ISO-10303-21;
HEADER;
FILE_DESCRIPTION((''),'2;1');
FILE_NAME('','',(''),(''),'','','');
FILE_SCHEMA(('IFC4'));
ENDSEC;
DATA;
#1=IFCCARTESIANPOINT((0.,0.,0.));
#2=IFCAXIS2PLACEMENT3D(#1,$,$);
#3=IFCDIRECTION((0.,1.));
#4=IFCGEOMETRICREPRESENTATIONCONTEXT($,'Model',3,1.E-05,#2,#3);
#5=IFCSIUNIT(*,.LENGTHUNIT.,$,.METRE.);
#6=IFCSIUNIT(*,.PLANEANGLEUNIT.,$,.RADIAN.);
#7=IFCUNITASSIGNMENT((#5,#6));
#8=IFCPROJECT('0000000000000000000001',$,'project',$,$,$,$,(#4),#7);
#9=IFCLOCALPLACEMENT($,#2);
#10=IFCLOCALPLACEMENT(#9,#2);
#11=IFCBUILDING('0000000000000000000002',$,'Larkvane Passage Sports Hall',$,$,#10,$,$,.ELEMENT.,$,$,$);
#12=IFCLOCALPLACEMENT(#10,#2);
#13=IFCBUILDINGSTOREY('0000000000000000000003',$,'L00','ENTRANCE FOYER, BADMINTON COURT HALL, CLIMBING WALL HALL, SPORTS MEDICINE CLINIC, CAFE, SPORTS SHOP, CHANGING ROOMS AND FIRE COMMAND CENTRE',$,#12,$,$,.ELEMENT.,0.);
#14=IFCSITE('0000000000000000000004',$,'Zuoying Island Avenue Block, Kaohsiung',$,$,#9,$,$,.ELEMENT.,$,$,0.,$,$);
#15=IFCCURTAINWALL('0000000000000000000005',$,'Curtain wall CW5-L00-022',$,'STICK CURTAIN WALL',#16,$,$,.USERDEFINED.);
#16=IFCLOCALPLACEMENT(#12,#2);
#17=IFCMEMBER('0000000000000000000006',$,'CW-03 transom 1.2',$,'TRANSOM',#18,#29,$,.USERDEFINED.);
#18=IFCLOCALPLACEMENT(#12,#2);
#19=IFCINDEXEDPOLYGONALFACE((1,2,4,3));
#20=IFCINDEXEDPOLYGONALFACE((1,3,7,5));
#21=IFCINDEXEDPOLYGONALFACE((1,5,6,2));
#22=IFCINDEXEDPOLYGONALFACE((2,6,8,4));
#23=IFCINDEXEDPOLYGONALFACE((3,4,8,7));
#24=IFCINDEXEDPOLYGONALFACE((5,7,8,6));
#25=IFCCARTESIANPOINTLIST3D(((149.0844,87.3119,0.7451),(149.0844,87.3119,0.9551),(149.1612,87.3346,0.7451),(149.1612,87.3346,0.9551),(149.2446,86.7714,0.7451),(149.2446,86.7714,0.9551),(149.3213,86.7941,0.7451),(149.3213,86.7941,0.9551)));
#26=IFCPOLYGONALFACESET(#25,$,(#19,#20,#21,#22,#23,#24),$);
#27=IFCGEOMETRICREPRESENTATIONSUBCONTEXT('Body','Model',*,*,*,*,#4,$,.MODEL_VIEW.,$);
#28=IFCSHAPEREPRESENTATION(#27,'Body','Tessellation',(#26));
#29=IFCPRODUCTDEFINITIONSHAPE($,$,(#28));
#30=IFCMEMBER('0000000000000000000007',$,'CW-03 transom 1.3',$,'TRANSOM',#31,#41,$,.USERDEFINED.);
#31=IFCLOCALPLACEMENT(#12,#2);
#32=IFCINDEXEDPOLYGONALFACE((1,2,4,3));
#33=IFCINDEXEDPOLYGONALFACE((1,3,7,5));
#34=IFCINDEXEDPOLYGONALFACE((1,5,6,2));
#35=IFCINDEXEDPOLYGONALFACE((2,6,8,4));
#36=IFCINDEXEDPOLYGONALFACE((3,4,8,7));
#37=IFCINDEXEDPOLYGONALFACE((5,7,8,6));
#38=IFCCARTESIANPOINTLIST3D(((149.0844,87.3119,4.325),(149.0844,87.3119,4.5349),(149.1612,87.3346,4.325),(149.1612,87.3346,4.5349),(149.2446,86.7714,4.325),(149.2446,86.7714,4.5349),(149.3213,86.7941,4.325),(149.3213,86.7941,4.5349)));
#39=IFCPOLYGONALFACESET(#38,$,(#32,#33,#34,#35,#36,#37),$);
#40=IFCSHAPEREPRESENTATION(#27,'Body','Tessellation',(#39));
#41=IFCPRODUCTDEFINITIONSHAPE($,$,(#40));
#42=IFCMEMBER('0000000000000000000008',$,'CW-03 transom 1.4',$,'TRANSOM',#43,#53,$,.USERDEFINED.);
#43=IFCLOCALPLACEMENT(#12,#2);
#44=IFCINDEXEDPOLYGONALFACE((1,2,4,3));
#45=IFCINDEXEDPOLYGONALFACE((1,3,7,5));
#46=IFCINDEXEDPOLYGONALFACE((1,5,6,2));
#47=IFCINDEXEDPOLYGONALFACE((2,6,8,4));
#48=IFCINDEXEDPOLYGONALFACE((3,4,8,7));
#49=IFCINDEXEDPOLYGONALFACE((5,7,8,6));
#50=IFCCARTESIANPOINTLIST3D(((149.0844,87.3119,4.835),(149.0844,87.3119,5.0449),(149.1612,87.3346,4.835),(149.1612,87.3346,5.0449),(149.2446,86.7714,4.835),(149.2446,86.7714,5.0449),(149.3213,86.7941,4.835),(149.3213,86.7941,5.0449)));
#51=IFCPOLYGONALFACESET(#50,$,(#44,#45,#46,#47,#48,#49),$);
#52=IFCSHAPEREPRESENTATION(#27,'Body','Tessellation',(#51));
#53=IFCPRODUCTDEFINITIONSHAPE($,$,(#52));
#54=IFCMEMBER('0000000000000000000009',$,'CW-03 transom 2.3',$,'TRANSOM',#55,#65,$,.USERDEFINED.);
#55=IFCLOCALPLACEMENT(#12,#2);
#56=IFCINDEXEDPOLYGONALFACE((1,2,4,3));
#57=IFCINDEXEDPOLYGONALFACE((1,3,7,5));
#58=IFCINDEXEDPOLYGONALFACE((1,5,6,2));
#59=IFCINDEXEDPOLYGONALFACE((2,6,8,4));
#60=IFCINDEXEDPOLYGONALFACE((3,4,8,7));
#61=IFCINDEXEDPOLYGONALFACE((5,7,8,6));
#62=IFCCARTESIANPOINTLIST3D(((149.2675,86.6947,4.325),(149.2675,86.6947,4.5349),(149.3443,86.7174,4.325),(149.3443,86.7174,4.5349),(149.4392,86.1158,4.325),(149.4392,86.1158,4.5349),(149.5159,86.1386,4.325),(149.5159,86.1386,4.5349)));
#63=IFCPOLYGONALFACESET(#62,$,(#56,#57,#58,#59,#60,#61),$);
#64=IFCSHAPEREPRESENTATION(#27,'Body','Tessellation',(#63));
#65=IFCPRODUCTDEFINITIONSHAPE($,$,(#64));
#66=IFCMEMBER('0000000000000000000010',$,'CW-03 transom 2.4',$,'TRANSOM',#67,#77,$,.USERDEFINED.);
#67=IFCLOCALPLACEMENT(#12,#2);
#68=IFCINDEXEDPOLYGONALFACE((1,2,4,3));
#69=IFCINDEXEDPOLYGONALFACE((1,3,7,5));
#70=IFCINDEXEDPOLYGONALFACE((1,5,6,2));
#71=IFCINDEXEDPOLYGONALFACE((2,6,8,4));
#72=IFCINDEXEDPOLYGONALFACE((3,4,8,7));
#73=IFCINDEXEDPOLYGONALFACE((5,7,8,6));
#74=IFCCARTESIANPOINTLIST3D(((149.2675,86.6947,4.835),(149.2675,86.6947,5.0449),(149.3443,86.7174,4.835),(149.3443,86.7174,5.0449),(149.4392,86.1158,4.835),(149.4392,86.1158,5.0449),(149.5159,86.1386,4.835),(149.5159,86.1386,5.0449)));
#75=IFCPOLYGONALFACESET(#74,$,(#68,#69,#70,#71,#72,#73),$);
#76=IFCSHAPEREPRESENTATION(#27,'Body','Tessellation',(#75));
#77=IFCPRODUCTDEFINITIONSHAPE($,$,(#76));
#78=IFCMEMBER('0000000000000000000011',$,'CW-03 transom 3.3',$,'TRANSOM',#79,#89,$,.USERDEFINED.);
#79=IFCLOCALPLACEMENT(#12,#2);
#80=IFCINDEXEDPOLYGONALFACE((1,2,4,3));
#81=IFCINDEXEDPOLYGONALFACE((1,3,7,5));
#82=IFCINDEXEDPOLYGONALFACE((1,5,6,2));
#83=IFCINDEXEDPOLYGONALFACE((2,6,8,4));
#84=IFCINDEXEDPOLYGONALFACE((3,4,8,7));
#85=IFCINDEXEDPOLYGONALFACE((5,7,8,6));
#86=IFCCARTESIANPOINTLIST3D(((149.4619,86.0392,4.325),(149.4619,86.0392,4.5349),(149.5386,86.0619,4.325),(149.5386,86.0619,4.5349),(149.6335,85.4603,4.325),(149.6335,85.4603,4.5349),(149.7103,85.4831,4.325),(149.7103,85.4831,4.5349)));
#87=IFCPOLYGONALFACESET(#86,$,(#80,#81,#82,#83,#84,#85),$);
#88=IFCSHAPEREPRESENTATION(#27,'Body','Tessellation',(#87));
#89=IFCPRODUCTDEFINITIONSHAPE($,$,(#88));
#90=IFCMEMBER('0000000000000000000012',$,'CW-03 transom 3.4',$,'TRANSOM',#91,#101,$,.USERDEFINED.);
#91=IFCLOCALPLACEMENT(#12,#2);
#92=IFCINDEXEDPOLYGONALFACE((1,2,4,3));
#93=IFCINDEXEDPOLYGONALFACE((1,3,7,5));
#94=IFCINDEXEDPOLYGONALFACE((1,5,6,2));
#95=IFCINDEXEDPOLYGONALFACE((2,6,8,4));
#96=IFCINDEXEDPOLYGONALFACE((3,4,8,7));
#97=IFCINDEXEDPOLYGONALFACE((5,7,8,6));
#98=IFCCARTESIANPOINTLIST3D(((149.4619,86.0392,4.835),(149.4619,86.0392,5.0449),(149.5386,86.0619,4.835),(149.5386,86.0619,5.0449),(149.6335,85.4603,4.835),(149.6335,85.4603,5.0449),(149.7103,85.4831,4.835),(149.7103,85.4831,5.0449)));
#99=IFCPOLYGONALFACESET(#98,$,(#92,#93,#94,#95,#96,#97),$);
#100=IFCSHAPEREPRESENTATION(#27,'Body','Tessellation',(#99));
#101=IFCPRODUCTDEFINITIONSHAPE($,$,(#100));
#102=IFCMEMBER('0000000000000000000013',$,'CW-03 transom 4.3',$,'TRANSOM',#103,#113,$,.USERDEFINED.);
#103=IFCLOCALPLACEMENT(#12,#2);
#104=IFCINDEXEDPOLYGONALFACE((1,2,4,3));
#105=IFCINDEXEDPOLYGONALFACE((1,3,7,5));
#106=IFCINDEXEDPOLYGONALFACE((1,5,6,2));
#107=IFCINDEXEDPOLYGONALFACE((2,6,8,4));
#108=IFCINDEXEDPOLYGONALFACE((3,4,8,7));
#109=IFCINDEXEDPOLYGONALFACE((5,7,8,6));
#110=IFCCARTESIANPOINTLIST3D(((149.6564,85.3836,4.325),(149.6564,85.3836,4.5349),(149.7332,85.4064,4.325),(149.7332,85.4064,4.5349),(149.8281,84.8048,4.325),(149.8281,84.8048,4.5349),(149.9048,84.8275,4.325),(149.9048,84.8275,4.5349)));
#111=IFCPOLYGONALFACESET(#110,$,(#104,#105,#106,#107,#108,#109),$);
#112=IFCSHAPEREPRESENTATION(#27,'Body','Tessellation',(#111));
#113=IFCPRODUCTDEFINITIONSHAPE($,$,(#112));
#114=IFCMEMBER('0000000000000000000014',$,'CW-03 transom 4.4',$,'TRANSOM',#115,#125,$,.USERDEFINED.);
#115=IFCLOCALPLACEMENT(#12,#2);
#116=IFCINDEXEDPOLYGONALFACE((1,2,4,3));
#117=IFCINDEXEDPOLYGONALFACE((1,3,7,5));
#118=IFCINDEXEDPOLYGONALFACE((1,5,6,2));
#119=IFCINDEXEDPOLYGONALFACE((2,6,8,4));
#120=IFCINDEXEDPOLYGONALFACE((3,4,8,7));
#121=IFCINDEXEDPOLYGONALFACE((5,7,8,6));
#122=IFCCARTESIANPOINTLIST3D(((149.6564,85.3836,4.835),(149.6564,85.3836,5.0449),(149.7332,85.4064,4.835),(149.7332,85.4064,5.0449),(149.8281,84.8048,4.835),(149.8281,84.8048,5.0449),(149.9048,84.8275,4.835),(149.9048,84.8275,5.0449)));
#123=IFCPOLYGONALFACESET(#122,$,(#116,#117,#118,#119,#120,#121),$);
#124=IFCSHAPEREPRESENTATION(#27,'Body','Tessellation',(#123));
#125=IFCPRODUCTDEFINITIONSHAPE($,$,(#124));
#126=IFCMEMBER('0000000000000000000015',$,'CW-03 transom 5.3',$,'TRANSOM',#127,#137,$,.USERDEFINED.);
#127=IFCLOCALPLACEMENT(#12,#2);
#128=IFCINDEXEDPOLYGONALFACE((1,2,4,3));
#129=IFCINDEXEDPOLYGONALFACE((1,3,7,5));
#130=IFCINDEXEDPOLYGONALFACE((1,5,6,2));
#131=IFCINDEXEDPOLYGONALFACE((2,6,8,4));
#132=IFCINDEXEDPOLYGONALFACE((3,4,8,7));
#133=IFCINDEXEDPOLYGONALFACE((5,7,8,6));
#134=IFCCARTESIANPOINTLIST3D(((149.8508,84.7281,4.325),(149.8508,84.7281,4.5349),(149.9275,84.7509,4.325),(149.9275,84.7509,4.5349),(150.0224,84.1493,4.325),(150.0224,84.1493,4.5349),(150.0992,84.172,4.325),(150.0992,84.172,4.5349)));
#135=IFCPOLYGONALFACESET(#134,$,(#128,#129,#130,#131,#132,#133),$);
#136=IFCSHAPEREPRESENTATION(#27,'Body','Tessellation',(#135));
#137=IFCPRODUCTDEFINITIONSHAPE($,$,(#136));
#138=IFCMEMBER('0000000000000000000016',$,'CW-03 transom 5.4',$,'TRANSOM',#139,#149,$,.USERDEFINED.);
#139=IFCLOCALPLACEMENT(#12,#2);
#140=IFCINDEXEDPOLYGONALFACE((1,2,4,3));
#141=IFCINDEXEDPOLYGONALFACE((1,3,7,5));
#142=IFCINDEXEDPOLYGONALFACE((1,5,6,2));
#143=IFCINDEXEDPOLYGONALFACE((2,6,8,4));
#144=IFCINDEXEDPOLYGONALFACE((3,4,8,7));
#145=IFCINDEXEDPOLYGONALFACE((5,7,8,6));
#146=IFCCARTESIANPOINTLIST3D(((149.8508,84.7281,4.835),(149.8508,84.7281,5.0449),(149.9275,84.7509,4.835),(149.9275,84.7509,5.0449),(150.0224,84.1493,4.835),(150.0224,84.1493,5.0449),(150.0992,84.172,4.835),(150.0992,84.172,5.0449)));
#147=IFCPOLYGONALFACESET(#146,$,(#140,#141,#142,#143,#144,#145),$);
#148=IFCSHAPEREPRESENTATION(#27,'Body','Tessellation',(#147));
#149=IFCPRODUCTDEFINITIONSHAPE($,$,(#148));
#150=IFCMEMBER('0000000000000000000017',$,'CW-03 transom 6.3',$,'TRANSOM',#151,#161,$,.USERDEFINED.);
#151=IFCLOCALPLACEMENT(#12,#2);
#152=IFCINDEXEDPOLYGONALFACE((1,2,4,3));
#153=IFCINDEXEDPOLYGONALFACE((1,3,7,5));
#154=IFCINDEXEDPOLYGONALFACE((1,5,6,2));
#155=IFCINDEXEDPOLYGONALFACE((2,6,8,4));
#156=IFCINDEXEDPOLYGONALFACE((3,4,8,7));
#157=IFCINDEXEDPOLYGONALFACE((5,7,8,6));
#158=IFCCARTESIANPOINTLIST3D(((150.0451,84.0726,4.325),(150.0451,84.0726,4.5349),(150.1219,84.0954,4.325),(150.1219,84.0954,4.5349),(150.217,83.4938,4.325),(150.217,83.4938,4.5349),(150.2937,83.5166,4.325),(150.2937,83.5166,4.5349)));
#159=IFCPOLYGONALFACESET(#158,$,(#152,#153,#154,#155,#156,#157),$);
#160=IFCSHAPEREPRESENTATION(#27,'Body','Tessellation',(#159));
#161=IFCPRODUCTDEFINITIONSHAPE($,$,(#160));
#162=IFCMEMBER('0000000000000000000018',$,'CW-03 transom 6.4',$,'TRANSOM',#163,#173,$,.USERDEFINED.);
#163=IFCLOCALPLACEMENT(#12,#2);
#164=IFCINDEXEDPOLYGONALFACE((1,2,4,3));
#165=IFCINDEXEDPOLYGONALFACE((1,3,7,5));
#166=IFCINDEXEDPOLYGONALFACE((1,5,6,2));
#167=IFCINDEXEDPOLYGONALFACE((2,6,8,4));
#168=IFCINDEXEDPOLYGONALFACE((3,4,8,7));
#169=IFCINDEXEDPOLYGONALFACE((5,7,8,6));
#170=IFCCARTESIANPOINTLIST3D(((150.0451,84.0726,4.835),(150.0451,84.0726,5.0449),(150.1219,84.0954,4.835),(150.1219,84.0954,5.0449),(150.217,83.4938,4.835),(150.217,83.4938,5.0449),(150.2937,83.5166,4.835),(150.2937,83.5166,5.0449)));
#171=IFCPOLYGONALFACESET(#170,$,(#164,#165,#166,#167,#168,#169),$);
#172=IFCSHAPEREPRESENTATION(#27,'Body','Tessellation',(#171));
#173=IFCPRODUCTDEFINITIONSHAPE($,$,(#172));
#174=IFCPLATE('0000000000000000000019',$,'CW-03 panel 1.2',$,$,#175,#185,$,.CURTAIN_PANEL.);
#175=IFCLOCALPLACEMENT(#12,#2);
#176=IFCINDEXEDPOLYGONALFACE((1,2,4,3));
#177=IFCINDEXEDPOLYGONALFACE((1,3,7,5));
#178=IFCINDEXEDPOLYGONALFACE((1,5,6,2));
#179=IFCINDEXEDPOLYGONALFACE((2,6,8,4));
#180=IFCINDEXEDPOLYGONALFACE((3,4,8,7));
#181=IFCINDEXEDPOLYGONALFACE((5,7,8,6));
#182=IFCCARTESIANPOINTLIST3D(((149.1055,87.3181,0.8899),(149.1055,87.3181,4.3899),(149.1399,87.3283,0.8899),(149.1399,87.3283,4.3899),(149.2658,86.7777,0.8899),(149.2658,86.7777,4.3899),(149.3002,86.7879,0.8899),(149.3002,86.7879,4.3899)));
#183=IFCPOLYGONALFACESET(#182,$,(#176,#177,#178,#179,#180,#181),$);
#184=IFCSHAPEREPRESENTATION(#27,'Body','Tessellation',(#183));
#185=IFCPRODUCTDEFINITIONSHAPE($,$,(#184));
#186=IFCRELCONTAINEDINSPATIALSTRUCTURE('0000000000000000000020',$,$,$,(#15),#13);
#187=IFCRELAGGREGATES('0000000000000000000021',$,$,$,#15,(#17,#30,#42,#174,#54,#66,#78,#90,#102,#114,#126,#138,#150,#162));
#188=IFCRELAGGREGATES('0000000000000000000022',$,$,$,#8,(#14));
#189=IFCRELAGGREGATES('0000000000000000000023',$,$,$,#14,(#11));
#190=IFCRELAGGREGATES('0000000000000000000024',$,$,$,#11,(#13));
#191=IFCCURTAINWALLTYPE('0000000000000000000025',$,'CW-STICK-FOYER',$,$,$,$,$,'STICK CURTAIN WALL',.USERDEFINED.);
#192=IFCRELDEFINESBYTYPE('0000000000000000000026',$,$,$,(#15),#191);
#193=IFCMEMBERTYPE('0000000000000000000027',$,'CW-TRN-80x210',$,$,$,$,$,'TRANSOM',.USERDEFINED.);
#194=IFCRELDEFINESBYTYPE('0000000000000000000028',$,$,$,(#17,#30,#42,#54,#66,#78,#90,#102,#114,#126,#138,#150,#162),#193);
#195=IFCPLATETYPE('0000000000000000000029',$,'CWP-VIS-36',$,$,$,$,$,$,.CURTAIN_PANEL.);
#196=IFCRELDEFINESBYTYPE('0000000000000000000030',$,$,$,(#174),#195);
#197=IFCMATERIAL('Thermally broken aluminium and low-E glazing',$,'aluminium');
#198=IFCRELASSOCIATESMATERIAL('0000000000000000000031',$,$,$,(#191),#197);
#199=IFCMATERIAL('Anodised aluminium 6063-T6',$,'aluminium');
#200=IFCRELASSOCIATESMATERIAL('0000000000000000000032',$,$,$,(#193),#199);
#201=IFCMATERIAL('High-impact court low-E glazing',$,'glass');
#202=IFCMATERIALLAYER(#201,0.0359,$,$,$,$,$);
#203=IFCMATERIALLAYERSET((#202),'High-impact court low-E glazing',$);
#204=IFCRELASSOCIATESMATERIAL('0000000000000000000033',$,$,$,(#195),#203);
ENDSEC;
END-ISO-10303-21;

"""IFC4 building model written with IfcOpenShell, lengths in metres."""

from ifc_helpers import new_model, si_unit, direction, frame, origin, origin_2d, place, context, subcontext, project, spatial, rectangle, extrude, material, layer, layer_set, material_profile, profile_set, type_object, element, aggregate, save


model = new_model("IFC4")

# Units and contexts
model_context = context("Model", 3, precision=1e-05, world=origin(), true_north=direction((0.0, 1.0)))
body_context = subcontext(model_context, "Body", "Model", "MODEL_VIEW")
ifc_project = project(units=[si_unit("LENGTHUNIT", "METRE"), si_unit("PLANEANGLEUNIT", "RADIAN")], contexts=[model_context])

# Site, building, storey
site_placement = place(None, origin())
site = spatial("IfcSite", under=ifc_project, at=site_placement, Name="Zuoying Island Avenue Block, Kaohsiung", CompositionType="ELEMENT", RefElevation=0.0)
building_placement = place(site_placement, origin())
building = spatial("IfcBuilding", under=site, at=building_placement, Name="Larkvane Passage Sports Hall", CompositionType="ELEMENT")
storey_placement = place(building_placement, origin())
storey = spatial("IfcBuildingStorey", under=building, at=storey_placement, Name="L00", Description="ENTRANCE FOYER, BADMINTON COURT HALL, CLIMBING WALL HALL, SPORTS MEDICINE CLINIC, CAFE, SPORTS SHOP, CHANGING ROOMS AND FIRE COMMAND CENTRE", CompositionType="ELEMENT", Elevation=0.0)

# Curtain wall, members, plate
ifc_material_1 = material(Name="Thermally broken aluminium and low-E glazing", Category="aluminium")
curtain_wall_type = type_object("IfcCurtainWallType", Name="CW-STICK-FOYER", ElementType="STICK CURTAIN WALL", PredefinedType="USERDEFINED", material=ifc_material_1)
curtain_wall_placement = place(storey_placement, origin())
curtain_wall = element("IfcCurtainWall", 1, at=curtain_wall_placement, inside=storey, type_object=curtain_wall_type, Name="Curtain wall CW5-L00-022", ObjectType="STICK CURTAIN WALL", PredefinedType="USERDEFINED")
ifc_material_2 = material(Name="Anodised aluminium 6063-T6", Category="aluminium")
ifc_material_profile = material_profile(ifc_material_2, rectangle(XDim=0.0801, YDim=0.21, at=origin_2d()), Name="ALU-TRN-80x210")
ifc_profile_set = profile_set([ifc_material_profile], Name="Anodised aluminium 6063-T6")
member_type = type_object("IfcMemberType", Name="CW-TRN-80x210", ElementType="TRANSOM", PredefinedType="USERDEFINED", material=ifc_profile_set)
member_1_placement = place(storey_placement, frame((149.1228, 87.3232, 0.8501), z_axis=(0.284088, -0.958798, 0.0), x_axis=(0.958798, 0.284088, 0.0)))
member_1 = element("IfcMember", 2, at=member_1_placement, type_object=member_type, Name="CW-03 transom 1.2", ObjectType="TRANSOM", PredefinedType="USERDEFINED", context=body_context, shape_type="SweptSolid", body=[
    extrude(rectangle(XDim=0.0801, YDim=0.21, at=origin_2d()), origin(), (0.0, 0.0, 1.0), 0.5637),
])
member_2_placement = place(storey_placement, frame((149.1228, 87.3232, 4.4299), z_axis=(0.284088, -0.958798, 0.0), x_axis=(0.958798, 0.284088, 0.0)))
member_2 = element("IfcMember", 3, at=member_2_placement, type_object=member_type, Name="CW-03 transom 1.3", ObjectType="TRANSOM", PredefinedType="USERDEFINED", context=body_context, shape_type="SweptSolid", body=[
    extrude(rectangle(XDim=0.0801, YDim=0.21, at=origin_2d()), origin(), (0.0, 0.0, 1.0), 0.5637),
])
member_3_placement = place(storey_placement, frame((149.1228, 87.3232, 4.9399), z_axis=(0.284088, -0.958798, 0.0), x_axis=(0.958798, 0.284088, 0.0)))
member_3 = element("IfcMember", 4, at=member_3_placement, type_object=member_type, Name="CW-03 transom 1.4", ObjectType="TRANSOM", PredefinedType="USERDEFINED", context=body_context, shape_type="SweptSolid", body=[
    extrude(rectangle(XDim=0.0801, YDim=0.21, at=origin_2d()), origin(), (0.0, 0.0, 1.0), 0.5637),
])
member_4_placement = place(storey_placement, frame((149.3059, 86.7061, 4.4299), z_axis=(0.284267, -0.958745, 0.0), x_axis=(0.958745, 0.284267, 0.0)))
member_4 = element("IfcMember", 5, at=member_4_placement, type_object=member_type, Name="CW-03 transom 2.3", ObjectType="TRANSOM", PredefinedType="USERDEFINED", context=body_context, shape_type="SweptSolid", body=[
    extrude(rectangle(XDim=0.0801, YDim=0.21, at=origin_2d()), origin(), (0.0, 0.0, 1.0), 0.6038),
])
member_5_placement = place(storey_placement, frame((149.3059, 86.7061, 4.9399), z_axis=(0.284267, -0.958745, 0.0), x_axis=(0.958745, 0.284267, 0.0)))
member_5 = element("IfcMember", 6, at=member_5_placement, type_object=member_type, Name="CW-03 transom 2.4", ObjectType="TRANSOM", PredefinedType="USERDEFINED", context=body_context, shape_type="SweptSolid", body=[
    extrude(rectangle(XDim=0.0801, YDim=0.21, at=origin_2d()), origin(), (0.0, 0.0, 1.0), 0.6038),
])
member_6_placement = place(storey_placement, frame((149.5002, 86.0505, 4.4299), z_axis=(0.284267, -0.958745, 0.0), x_axis=(0.958745, 0.284267, 0.0)))
member_6 = element("IfcMember", 7, at=member_6_placement, type_object=member_type, Name="CW-03 transom 3.3", ObjectType="TRANSOM", PredefinedType="USERDEFINED", context=body_context, shape_type="SweptSolid", body=[
    extrude(rectangle(XDim=0.0801, YDim=0.21, at=origin_2d()), origin(), (0.0, 0.0, 1.0), 0.6038),
])
member_7_placement = place(storey_placement, frame((149.5002, 86.0505, 4.9399), z_axis=(0.284267, -0.958745, 0.0), x_axis=(0.958745, 0.284267, 0.0)))
member_7 = element("IfcMember", 8, at=member_7_placement, type_object=member_type, Name="CW-03 transom 3.4", ObjectType="TRANSOM", PredefinedType="USERDEFINED", context=body_context, shape_type="SweptSolid", body=[
    extrude(rectangle(XDim=0.0801, YDim=0.21, at=origin_2d()), origin(), (0.0, 0.0, 1.0), 0.6038),
])
member_8_placement = place(storey_placement, frame((149.6948, 85.395, 4.4299), z_axis=(0.284267, -0.958745, 0.0), x_axis=(0.958745, 0.284267, 0.0)))
member_8 = element("IfcMember", 9, at=member_8_placement, type_object=member_type, Name="CW-03 transom 4.3", ObjectType="TRANSOM", PredefinedType="USERDEFINED", context=body_context, shape_type="SweptSolid", body=[
    extrude(rectangle(XDim=0.0801, YDim=0.21, at=origin_2d()), origin(), (0.0, 0.0, 1.0), 0.6038),
])
member_9_placement = place(storey_placement, frame((149.6948, 85.395, 4.9399), z_axis=(0.284267, -0.958745, 0.0), x_axis=(0.958745, 0.284267, 0.0)))
member_9 = element("IfcMember", 10, at=member_9_placement, type_object=member_type, Name="CW-03 transom 4.4", ObjectType="TRANSOM", PredefinedType="USERDEFINED", context=body_context, shape_type="SweptSolid", body=[
    extrude(rectangle(XDim=0.0801, YDim=0.21, at=origin_2d()), origin(), (0.0, 0.0, 1.0), 0.6038),
])
member_10_placement = place(storey_placement, frame((149.8892, 84.7395, 4.4299), z_axis=(0.284267, -0.958745, 0.0), x_axis=(0.958745, 0.284267, 0.0)))
member_10 = element("IfcMember", 11, at=member_10_placement, type_object=member_type, Name="CW-03 transom 5.3", ObjectType="TRANSOM", PredefinedType="USERDEFINED", context=body_context, shape_type="SweptSolid", body=[
    extrude(rectangle(XDim=0.0801, YDim=0.21, at=origin_2d()), origin(), (0.0, 0.0, 1.0), 0.6038),
])
member_11_placement = place(storey_placement, frame((149.8892, 84.7395, 4.9399), z_axis=(0.284267, -0.958745, 0.0), x_axis=(0.958745, 0.284267, 0.0)))
member_11 = element("IfcMember", 12, at=member_11_placement, type_object=member_type, Name="CW-03 transom 5.4", ObjectType="TRANSOM", PredefinedType="USERDEFINED", context=body_context, shape_type="SweptSolid", body=[
    extrude(rectangle(XDim=0.0801, YDim=0.21, at=origin_2d()), origin(), (0.0, 0.0, 1.0), 0.6038),
])
member_12_placement = place(storey_placement, frame((150.0835, 84.084, 4.4299), z_axis=(0.284639, -0.958635, 0.0), x_axis=(0.958635, 0.284639, 0.0)))
member_12 = element("IfcMember", 13, at=member_12_placement, type_object=member_type, Name="CW-03 transom 6.3", ObjectType="TRANSOM", PredefinedType="USERDEFINED", context=body_context, shape_type="SweptSolid", body=[
    extrude(rectangle(XDim=0.0801, YDim=0.21, at=origin_2d()), origin(), (0.0, 0.0, 1.0), 0.6038),
])
member_13_placement = place(storey_placement, frame((150.0835, 84.084, 4.9399), z_axis=(0.284639, -0.958635, 0.0), x_axis=(0.958635, 0.284639, 0.0)))
member_13 = element("IfcMember", 14, at=member_13_placement, type_object=member_type, Name="CW-03 transom 6.4", ObjectType="TRANSOM", PredefinedType="USERDEFINED", context=body_context, shape_type="SweptSolid", body=[
    extrude(rectangle(XDim=0.0801, YDim=0.21, at=origin_2d()), origin(), (0.0, 0.0, 1.0), 0.6038),
])
ifc_material_3 = material(Name="High-impact court low-E glazing", Category="glass")
ifc_layer = layer(ifc_material_3, 0.0359)
ifc_layer_set = layer_set([ifc_layer], Name="High-impact court low-E glazing")
plate_type = type_object("IfcPlateType", Name="CWP-VIS-36", PredefinedType="CURTAIN_PANEL", material=ifc_layer_set)
plate_1_placement = place(storey_placement, frame((149.2029, 87.053, 0.8899), z_axis=(0.0, 0.0, 1.0), x_axis=(0.284365, -0.958716, 0.0)))
plate_1 = element("IfcPlate", 15, at=plate_1_placement, type_object=plate_type, Name="CW-03 panel 1.2", PredefinedType="CURTAIN_PANEL", context=body_context, shape_type="SweptSolid", body=[
    extrude(rectangle(XDim=0.5637, YDim=0.0359, at=origin_2d()), origin(), (0.0, 0.0, 1.0), 3.5),
])
aggregate(curtain_wall, [member_1, member_2, member_3, plate_1, member_4, member_5, member_6, member_7, member_8, member_9, member_10, member_11, member_12, member_13])

save(model, "model.ifc")
